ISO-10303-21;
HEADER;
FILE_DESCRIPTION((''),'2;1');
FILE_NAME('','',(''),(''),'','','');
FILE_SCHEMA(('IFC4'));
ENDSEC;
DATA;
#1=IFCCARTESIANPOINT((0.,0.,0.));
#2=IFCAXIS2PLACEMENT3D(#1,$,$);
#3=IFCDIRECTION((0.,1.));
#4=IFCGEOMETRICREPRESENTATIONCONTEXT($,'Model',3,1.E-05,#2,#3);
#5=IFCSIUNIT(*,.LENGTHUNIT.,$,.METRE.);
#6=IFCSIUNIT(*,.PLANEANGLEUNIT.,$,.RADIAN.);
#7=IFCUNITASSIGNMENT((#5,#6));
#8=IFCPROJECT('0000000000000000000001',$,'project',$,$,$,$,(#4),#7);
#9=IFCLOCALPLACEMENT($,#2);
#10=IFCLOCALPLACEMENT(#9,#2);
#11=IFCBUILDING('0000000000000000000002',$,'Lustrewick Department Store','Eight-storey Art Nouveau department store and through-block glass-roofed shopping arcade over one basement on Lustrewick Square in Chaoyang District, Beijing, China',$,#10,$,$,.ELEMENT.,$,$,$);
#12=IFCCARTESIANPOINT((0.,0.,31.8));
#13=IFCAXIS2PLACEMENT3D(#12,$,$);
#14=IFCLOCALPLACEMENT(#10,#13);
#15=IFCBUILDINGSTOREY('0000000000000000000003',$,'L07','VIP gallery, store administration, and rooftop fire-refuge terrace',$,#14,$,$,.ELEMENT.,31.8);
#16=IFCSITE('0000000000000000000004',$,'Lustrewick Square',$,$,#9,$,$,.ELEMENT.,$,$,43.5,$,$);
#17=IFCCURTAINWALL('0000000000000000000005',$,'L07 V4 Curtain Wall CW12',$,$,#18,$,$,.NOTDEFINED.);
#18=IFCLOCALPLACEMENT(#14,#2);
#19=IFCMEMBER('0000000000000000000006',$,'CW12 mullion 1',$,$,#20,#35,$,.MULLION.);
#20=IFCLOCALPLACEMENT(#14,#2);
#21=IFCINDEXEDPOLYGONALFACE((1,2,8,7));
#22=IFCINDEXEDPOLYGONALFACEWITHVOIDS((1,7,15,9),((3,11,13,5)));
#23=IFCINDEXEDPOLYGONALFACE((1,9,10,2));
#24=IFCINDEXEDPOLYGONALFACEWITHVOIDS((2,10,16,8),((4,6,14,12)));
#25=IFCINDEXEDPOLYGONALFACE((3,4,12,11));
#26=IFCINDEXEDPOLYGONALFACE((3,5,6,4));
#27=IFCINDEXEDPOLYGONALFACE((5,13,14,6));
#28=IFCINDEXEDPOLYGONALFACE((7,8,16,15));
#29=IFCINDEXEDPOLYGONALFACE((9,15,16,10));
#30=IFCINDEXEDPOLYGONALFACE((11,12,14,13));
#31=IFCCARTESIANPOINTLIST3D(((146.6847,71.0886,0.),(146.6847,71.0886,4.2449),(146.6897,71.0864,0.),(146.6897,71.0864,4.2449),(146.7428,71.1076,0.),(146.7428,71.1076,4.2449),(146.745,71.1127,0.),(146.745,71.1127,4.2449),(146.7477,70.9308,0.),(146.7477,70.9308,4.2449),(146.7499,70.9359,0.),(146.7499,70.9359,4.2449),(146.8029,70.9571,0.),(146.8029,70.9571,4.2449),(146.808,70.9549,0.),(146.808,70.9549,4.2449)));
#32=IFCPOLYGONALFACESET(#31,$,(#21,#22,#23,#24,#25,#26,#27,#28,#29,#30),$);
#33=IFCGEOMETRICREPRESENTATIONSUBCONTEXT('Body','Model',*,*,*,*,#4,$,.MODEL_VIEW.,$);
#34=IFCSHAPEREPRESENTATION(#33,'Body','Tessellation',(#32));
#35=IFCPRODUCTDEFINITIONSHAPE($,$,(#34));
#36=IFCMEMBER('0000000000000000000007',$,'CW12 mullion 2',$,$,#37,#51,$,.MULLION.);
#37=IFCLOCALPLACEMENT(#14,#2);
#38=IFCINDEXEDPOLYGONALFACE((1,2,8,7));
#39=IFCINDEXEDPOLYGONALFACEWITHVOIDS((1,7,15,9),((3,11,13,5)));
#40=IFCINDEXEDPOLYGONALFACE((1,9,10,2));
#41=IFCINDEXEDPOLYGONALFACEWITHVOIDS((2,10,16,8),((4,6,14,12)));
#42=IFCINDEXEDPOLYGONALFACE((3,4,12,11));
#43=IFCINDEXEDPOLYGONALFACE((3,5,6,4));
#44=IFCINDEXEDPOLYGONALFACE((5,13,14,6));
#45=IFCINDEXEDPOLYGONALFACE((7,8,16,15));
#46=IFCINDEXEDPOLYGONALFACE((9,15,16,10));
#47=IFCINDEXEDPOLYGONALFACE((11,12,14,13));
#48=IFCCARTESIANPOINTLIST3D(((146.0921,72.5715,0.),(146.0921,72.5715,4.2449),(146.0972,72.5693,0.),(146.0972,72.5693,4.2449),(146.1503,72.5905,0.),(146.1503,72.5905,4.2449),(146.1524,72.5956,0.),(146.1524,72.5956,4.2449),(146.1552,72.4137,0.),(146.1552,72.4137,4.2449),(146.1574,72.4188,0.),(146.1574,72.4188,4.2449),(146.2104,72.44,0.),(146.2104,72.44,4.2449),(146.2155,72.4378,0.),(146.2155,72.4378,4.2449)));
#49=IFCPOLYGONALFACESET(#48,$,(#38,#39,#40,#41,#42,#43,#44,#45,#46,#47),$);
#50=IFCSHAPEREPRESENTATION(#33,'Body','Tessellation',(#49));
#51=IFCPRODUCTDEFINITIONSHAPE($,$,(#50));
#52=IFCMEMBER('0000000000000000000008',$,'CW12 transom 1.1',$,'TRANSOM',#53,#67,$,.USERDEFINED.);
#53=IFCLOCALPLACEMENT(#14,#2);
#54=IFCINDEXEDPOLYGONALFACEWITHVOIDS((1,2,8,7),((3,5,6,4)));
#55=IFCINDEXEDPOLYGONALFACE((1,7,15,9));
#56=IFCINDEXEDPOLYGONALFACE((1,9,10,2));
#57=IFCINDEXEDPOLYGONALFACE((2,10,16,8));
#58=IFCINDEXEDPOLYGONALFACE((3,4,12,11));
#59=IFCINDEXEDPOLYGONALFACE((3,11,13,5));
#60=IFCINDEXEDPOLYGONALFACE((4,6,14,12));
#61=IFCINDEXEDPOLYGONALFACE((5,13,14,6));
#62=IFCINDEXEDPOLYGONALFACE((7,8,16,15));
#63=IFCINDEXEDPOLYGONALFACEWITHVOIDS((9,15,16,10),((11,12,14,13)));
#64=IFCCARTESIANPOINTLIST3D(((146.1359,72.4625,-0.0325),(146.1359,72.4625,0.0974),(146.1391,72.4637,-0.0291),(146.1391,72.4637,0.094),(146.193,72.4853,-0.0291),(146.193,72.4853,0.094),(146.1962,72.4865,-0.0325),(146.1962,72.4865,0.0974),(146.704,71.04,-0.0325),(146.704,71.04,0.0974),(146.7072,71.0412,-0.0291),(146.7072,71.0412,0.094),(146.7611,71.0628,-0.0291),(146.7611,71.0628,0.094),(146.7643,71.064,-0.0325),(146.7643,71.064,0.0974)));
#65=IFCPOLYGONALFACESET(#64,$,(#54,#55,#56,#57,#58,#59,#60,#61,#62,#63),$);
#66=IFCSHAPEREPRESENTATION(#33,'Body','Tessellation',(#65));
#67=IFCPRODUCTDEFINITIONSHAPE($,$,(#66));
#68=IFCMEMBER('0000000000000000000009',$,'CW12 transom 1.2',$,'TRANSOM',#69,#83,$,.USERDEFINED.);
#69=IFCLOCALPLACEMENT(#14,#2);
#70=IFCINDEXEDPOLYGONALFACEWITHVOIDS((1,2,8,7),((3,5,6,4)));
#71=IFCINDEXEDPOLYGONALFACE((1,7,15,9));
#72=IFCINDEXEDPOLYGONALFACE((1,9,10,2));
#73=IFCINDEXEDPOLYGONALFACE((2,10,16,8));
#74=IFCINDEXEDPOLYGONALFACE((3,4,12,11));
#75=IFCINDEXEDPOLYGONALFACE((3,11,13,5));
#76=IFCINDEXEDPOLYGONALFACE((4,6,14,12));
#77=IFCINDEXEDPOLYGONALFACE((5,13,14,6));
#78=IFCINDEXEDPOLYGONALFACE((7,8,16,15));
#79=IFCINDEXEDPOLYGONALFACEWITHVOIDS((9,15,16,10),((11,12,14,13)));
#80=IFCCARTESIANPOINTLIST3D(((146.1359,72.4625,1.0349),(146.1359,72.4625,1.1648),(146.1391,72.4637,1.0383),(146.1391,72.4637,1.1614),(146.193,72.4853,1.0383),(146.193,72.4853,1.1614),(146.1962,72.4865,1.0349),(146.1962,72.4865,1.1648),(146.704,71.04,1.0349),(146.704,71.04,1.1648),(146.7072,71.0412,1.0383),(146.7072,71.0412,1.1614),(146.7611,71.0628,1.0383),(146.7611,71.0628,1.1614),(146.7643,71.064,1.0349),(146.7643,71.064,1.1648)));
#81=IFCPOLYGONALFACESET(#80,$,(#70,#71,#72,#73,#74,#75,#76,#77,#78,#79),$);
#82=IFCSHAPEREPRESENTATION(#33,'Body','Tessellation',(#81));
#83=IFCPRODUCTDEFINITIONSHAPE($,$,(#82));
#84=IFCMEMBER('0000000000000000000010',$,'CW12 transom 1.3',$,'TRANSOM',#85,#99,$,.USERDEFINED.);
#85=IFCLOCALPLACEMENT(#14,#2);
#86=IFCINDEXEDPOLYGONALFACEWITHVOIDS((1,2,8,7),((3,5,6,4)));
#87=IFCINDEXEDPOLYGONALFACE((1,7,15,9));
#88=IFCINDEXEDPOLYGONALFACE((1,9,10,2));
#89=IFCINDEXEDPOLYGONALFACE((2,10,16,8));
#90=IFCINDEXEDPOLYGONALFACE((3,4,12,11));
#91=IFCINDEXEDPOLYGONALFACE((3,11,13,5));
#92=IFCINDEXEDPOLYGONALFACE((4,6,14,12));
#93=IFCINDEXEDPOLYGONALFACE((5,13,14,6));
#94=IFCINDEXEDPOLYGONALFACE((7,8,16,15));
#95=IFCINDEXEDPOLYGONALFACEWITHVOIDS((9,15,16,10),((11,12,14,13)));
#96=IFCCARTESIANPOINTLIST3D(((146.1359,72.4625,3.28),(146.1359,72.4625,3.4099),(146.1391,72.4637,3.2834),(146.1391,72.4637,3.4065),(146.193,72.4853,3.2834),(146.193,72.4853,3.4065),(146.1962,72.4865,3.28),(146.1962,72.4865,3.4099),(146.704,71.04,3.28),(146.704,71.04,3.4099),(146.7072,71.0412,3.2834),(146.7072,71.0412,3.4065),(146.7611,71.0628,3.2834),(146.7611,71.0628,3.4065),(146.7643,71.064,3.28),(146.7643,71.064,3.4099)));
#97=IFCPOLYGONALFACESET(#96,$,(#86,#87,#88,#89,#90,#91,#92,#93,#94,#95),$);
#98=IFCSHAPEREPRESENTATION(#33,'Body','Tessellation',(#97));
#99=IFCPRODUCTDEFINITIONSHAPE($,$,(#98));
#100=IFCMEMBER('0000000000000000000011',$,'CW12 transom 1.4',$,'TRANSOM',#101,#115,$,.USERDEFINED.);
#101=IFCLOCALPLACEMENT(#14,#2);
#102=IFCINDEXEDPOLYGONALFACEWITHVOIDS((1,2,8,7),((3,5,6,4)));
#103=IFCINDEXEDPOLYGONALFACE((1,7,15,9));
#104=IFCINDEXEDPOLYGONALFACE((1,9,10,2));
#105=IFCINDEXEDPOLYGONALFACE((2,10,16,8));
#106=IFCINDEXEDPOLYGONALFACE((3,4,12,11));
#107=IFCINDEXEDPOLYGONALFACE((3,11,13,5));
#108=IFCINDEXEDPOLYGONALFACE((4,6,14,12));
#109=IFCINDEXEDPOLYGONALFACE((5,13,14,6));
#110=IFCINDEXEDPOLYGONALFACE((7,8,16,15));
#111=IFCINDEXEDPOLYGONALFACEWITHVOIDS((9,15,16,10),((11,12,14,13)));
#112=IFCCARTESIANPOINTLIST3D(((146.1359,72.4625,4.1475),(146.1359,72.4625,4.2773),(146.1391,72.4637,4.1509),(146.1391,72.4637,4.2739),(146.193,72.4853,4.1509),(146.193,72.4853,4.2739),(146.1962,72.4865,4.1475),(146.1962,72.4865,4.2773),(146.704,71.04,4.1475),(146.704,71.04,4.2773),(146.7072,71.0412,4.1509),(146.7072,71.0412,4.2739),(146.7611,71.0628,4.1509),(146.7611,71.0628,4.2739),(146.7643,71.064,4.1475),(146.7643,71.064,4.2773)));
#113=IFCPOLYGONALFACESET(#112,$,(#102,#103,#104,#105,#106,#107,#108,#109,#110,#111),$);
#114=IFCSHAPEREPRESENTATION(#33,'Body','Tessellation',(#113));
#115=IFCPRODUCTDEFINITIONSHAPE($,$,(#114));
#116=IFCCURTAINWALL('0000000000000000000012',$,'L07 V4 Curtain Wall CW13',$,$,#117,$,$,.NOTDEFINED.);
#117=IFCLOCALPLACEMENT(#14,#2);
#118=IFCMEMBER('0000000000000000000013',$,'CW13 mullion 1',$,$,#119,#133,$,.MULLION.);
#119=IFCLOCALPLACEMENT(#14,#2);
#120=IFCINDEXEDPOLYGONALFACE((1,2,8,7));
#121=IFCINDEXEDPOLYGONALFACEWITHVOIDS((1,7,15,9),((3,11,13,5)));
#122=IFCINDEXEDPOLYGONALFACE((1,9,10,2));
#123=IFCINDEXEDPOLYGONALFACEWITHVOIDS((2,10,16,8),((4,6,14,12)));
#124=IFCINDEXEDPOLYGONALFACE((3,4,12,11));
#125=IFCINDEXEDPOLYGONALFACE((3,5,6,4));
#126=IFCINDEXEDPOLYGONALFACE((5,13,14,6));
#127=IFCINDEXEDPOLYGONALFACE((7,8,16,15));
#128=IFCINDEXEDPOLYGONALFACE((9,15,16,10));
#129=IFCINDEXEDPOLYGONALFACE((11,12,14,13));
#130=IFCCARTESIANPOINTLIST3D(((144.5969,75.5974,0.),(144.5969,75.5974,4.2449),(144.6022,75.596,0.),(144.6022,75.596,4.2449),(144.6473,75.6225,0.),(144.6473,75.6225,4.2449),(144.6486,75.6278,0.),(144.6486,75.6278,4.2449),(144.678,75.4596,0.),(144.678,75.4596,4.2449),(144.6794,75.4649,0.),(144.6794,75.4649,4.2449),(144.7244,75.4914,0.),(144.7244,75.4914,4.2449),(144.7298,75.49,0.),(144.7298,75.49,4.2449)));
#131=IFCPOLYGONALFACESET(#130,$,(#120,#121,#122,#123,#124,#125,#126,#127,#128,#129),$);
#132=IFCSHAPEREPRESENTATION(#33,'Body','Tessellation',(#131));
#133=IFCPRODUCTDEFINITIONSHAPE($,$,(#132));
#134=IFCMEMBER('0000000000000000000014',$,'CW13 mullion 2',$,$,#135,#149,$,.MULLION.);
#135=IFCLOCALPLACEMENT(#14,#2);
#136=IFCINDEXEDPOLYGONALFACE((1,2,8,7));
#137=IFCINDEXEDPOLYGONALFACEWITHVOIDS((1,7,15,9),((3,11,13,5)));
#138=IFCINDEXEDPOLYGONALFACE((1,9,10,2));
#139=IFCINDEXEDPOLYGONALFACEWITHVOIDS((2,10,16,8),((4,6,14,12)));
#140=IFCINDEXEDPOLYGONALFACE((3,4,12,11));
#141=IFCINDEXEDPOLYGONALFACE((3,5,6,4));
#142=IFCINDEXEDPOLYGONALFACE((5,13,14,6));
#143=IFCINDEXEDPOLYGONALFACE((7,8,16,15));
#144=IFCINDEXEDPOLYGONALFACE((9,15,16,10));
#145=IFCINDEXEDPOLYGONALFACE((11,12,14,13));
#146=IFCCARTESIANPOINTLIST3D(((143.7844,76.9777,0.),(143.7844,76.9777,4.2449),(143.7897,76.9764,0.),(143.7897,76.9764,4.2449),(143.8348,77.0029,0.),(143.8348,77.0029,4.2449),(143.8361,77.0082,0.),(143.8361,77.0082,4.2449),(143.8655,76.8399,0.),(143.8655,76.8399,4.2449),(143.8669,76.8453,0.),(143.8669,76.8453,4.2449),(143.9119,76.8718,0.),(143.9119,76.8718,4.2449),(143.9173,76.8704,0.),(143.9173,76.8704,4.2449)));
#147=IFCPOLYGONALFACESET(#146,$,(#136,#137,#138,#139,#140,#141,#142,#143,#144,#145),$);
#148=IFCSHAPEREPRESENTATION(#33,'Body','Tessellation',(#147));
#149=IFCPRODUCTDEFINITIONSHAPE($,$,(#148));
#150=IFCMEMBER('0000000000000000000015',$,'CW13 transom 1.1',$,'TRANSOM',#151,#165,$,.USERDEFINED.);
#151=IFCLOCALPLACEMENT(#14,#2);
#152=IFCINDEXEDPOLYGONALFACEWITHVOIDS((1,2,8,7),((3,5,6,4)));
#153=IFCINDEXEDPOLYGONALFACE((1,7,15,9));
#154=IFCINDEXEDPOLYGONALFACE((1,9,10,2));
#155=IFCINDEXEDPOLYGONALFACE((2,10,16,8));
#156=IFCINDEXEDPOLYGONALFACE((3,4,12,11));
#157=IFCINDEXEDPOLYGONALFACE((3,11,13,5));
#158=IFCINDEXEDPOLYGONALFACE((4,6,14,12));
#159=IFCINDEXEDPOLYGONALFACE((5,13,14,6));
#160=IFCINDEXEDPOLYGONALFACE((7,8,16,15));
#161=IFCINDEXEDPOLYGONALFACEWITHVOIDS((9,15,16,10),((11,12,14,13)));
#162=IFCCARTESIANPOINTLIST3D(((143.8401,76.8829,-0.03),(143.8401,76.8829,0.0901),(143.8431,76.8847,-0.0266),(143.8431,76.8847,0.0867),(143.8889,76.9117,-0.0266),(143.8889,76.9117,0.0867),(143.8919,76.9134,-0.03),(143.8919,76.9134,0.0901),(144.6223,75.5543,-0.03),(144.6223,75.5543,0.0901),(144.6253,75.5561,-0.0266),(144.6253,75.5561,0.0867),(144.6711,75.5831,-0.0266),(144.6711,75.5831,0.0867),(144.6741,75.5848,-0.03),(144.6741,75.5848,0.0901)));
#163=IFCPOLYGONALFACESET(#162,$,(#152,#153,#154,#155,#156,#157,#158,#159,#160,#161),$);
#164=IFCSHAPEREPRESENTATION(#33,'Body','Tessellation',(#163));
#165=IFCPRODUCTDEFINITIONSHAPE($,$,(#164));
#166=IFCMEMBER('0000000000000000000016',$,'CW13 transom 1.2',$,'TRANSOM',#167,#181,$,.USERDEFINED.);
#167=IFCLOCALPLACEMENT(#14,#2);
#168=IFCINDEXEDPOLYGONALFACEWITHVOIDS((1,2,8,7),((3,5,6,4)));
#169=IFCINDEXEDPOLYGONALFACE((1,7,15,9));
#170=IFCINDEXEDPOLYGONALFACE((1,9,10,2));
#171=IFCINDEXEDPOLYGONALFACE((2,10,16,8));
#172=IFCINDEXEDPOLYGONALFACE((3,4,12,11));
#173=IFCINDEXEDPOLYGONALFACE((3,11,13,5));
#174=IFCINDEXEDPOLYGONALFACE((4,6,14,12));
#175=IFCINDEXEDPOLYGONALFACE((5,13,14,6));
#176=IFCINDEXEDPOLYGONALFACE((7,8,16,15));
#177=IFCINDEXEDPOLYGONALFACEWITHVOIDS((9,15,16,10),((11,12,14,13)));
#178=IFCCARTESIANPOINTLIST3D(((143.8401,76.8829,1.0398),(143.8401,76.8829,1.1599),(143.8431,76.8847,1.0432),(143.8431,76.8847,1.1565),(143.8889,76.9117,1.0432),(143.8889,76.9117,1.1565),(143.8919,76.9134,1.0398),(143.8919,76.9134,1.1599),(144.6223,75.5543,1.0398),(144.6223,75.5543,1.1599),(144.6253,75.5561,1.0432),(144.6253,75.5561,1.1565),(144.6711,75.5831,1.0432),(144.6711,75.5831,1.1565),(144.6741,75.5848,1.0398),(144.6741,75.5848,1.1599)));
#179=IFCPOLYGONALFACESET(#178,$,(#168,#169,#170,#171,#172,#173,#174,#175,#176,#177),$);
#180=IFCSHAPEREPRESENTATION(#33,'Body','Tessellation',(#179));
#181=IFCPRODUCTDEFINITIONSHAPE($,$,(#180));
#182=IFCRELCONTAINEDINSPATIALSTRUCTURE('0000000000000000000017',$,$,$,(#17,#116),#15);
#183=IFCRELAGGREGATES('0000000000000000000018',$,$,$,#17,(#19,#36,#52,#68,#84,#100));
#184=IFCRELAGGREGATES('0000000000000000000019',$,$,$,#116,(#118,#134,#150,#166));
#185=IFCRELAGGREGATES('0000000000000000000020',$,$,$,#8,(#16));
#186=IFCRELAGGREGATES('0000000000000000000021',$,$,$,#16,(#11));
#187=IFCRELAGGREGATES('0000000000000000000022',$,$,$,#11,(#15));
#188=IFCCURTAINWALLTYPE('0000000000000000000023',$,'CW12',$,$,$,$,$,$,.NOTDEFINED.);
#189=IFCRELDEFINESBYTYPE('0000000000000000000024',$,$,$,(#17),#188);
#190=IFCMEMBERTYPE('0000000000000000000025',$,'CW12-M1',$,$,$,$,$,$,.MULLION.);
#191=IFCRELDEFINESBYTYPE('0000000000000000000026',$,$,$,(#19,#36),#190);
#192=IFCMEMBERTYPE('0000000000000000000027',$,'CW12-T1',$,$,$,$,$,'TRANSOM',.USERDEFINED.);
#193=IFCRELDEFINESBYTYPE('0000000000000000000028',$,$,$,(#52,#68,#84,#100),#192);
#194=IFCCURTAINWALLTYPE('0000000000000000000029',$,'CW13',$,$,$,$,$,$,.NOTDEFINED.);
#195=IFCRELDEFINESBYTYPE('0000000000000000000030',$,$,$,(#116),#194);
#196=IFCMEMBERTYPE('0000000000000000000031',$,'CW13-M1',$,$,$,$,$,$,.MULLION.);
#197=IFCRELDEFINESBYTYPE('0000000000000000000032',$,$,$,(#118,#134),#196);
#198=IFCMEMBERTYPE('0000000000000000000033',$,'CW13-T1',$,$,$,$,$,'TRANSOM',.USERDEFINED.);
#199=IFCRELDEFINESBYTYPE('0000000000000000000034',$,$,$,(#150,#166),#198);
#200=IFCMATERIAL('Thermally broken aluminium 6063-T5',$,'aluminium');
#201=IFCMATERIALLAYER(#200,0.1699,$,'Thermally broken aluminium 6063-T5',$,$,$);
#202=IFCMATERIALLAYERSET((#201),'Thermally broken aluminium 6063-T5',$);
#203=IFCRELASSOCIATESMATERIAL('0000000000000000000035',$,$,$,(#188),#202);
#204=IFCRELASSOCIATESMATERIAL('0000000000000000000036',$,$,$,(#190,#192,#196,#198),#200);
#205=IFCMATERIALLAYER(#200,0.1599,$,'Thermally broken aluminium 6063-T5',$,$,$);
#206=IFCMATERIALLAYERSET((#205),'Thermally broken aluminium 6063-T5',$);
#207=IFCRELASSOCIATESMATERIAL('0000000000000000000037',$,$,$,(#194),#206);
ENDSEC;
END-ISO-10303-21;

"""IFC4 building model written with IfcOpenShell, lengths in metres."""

from ifc_helpers import new_model, si_unit, direction, frame, origin, origin_2d, place, context, subcontext, project, spatial, hollow_rectangle, extrude, material, layer, layer_set, material_profile, profile_set, type_object, element, aggregate, save


model = new_model("IFC4")

# Units and contexts
model_context = context("Model", 3, precision=1e-05, world=origin(), true_north=direction((0.0, 1.0)))
body_context = subcontext(model_context, "Body", "Model", "MODEL_VIEW")
ifc_project = project(units=[si_unit("LENGTHUNIT", "METRE"), si_unit("PLANEANGLEUNIT", "RADIAN")], contexts=[model_context])

# Site, building, storey
site_placement = place(None, origin())
site = spatial("IfcSite", under=ifc_project, at=site_placement, Name="Lustrewick Square", CompositionType="ELEMENT", RefElevation=43.5)
building_placement = place(site_placement, origin())
building = spatial("IfcBuilding", under=site, at=building_placement, Name="Lustrewick Department Store", Description="Eight-storey Art Nouveau department store and through-block glass-roofed shopping arcade over one basement on Lustrewick Square in Chaoyang District, Beijing, China", CompositionType="ELEMENT")
storey_placement = place(building_placement, frame((0.0, 0.0, 31.8)))
storey = spatial("IfcBuildingStorey", under=building, at=storey_placement, Name="L07", Description="VIP gallery, store administration, and rooftop fire-refuge terrace", CompositionType="ELEMENT", Elevation=31.8)

# Curtain walls, members
ifc_material_1 = material(Name="Thermally broken aluminium 6063-T5", Category="aluminium")
ifc_layer_1 = layer(ifc_material_1, 0.1699, Name="Thermally broken aluminium 6063-T5")
ifc_layer_set_1 = layer_set([ifc_layer_1], Name="Thermally broken aluminium 6063-T5")
curtain_wall_type_1 = type_object("IfcCurtainWallType", Name="CW12", PredefinedType="NOTDEFINED", material=ifc_layer_set_1)
curtain_wall_1_placement = place(storey_placement, origin())
curtain_wall_1 = element("IfcCurtainWall", 1, at=curtain_wall_1_placement, inside=storey, type_object=curtain_wall_type_1, Name="L07 V4 Curtain Wall CW12", PredefinedType="NOTDEFINED")
ifc_material_profile_1 = material_profile(ifc_material_1, hollow_rectangle(XDim=0.0649, YDim=0.1699, WallThickness=0.0039, at=origin_2d()), Name="ALU-M 65x170x4")
ifc_profile_set_1 = profile_set([ifc_material_profile_1], Name="Thermally broken aluminium 6063-T5")
member_type_1 = type_object("IfcMemberType", Name="CW12-M1", PredefinedType="MULLION", material=ifc_profile_set_1)
member_1_placement = place(storey_placement, frame((146.7463, 71.0217, 0.0), z_axis=(0.0, 0.0, 1.0), x_axis=(-0.928647, -0.370965, 0.0)))
member_1 = element("IfcMember", 2, at=member_1_placement, type_object=member_type_1, Name="CW12 mullion 1", PredefinedType="MULLION", context=body_context, shape_type="SweptSolid", body=[
    extrude(hollow_rectangle(XDim=0.0649, YDim=0.1699, WallThickness=0.0039, at=origin_2d()), origin(), (0.0, 0.0, 1.0), 4.2449),
])
member_2_placement = place(storey_placement, frame((146.1538, 72.5046, 0.0), z_axis=(0.0, 0.0, 1.0), x_axis=(-0.928647, -0.370965, 0.0)))
member_2 = element("IfcMember", 3, at=member_2_placement, type_object=member_type_1, Name="CW12 mullion 2", PredefinedType="MULLION", context=body_context, shape_type="SweptSolid", body=[
    extrude(hollow_rectangle(XDim=0.0649, YDim=0.1699, WallThickness=0.0039, at=origin_2d()), origin(), (0.0, 0.0, 1.0), 4.2449),
])
ifc_material_profile_2 = material_profile(ifc_material_1, hollow_rectangle(XDim=0.0649, YDim=0.1299, WallThickness=0.0034, at=origin_2d()), Name="ALU-T 65x130x3.5")
ifc_profile_set_2 = profile_set([ifc_material_profile_2], Name="Thermally broken aluminium 6063-T5")
member_type_2 = type_object("IfcMemberType", Name="CW12-T1", ElementType="TRANSOM", PredefinedType="USERDEFINED", material=ifc_profile_set_2)
member_3_placement = place(storey_placement, frame((146.7341, 71.052, 0.0325), z_axis=(-0.370869, 0.928685, 0.0), x_axis=(-0.928685, -0.370869, 0.0)))
member_3 = element("IfcMember", 4, at=member_3_placement, type_object=member_type_2, Name="CW12 transom 1.1", ObjectType="TRANSOM", PredefinedType="USERDEFINED", context=body_context, shape_type="SweptSolid", body=[
    extrude(hollow_rectangle(XDim=0.0649, YDim=0.1299, WallThickness=0.0034, at=origin_2d()), origin(), (0.0, 0.0, 1.0), 1.5317),
])
member_4_placement = place(storey_placement, frame((146.7341, 71.052, 1.0999), z_axis=(-0.370869, 0.928685, 0.0), x_axis=(-0.928685, -0.370869, 0.0)))
member_4 = element("IfcMember", 5, at=member_4_placement, type_object=member_type_2, Name="CW12 transom 1.2", ObjectType="TRANSOM", PredefinedType="USERDEFINED", context=body_context, shape_type="SweptSolid", body=[
    extrude(hollow_rectangle(XDim=0.0649, YDim=0.1299, WallThickness=0.0034, at=origin_2d()), origin(), (0.0, 0.0, 1.0), 1.5317),
])
member_5_placement = place(storey_placement, frame((146.7341, 71.052, 3.345), z_axis=(-0.370869, 0.928685, 0.0), x_axis=(-0.928685, -0.370869, 0.0)))
member_5 = element("IfcMember", 6, at=member_5_placement, type_object=member_type_2, Name="CW12 transom 1.3", ObjectType="TRANSOM", PredefinedType="USERDEFINED", context=body_context, shape_type="SweptSolid", body=[
    extrude(hollow_rectangle(XDim=0.0649, YDim=0.1299, WallThickness=0.0034, at=origin_2d()), origin(), (0.0, 0.0, 1.0), 1.5317),
])
member_6_placement = place(storey_placement, frame((146.7341, 71.052, 4.2124), z_axis=(-0.370869, 0.928685, 0.0), x_axis=(-0.928685, -0.370869, 0.0)))
member_6 = element("IfcMember", 7, at=member_6_placement, type_object=member_type_2, Name="CW12 transom 1.4", ObjectType="TRANSOM", PredefinedType="USERDEFINED", context=body_context, shape_type="SweptSolid", body=[
    extrude(hollow_rectangle(XDim=0.0649, YDim=0.1299, WallThickness=0.0034, at=origin_2d()), origin(), (0.0, 0.0, 1.0), 1.5317),
])
ifc_layer_2 = layer(ifc_material_1, 0.1599, Name="Thermally broken aluminium 6063-T5")
ifc_layer_set_2 = layer_set([ifc_layer_2], Name="Thermally broken aluminium 6063-T5")
curtain_wall_type_2 = type_object("IfcCurtainWallType", Name="CW13", PredefinedType="NOTDEFINED", material=ifc_layer_set_2)
curtain_wall_2_placement = place(storey_placement, origin())
curtain_wall_2 = element("IfcCurtainWall", 8, at=curtain_wall_2_placement, inside=storey, type_object=curtain_wall_type_2, Name="L07 V4 Curtain Wall CW13", PredefinedType="NOTDEFINED")
ifc_material_profile_3 = material_profile(ifc_material_1, hollow_rectangle(XDim=0.0601, YDim=0.1599, WallThickness=0.0039, at=origin_2d()), Name="ALU-M 60x160x4")
ifc_profile_set_3 = profile_set([ifc_material_profile_3], Name="Thermally broken aluminium 6063-T5")
member_type_3 = type_object("IfcMemberType", Name="CW13-M1", PredefinedType="MULLION", material=ifc_profile_set_3)
member_7_placement = place(storey_placement, frame((144.6633, 75.5437, 0.0), z_axis=(0.0, 0.0, 1.0), x_axis=(-0.861753, -0.507328, 0.0)))
member_7 = element("IfcMember", 9, at=member_7_placement, type_object=member_type_3, Name="CW13 mullion 1", PredefinedType="MULLION", context=body_context, shape_type="SweptSolid", body=[
    extrude(hollow_rectangle(XDim=0.0601, YDim=0.1599, WallThickness=0.0039, at=origin_2d()), origin(), (0.0, 0.0, 1.0), 4.2449),
])
member_8_placement = place(storey_placement, frame((143.8508, 76.9241, 0.0), z_axis=(0.0, 0.0, 1.0), x_axis=(-0.861753, -0.507328, 0.0)))
member_8 = element("IfcMember", 10, at=member_8_placement, type_object=member_type_3, Name="CW13 mullion 2", PredefinedType="MULLION", context=body_context, shape_type="SweptSolid", body=[
    extrude(hollow_rectangle(XDim=0.0601, YDim=0.1599, WallThickness=0.0039, at=origin_2d()), origin(), (0.0, 0.0, 1.0), 4.2449),
])
ifc_material_profile_4 = material_profile(ifc_material_1, hollow_rectangle(XDim=0.0601, YDim=0.1201, WallThickness=0.0034, at=origin_2d()), Name="ALU-T 60x120x3.5")
ifc_profile_set_4 = profile_set([ifc_material_profile_4], Name="Thermally broken aluminium 6063-T5")
member_type_4 = type_object("IfcMemberType", Name="CW13-T1", ElementType="TRANSOM", PredefinedType="USERDEFINED", material=ifc_profile_set_4)
member_9_placement = place(storey_placement, frame((144.6482, 75.5696, 0.03), z_axis=(-0.507352, 0.861739, 0.0), x_axis=(-0.861739, -0.507352, 0.0)))
member_9 = element("IfcMember", 11, at=member_9_placement, type_object=member_type_4, Name="CW13 transom 1.1", ObjectType="TRANSOM", PredefinedType="USERDEFINED", context=body_context, shape_type="SweptSolid", body=[
    extrude(hollow_rectangle(XDim=0.0601, YDim=0.1201, WallThickness=0.0034, at=origin_2d()), origin(), (0.0, 0.0, 1.0), 1.5417),
])
member_10_placement = place(storey_placement, frame((144.6482, 75.5696, 1.0999), z_axis=(-0.507352, 0.861739, 0.0), x_axis=(-0.861739, -0.507352, 0.0)))
member_10 = element("IfcMember", 12, at=member_10_placement, type_object=member_type_4, Name="CW13 transom 1.2", ObjectType="TRANSOM", PredefinedType="USERDEFINED", context=body_context, shape_type="SweptSolid", body=[
    extrude(hollow_rectangle(XDim=0.0601, YDim=0.1201, WallThickness=0.0034, at=origin_2d()), origin(), (0.0, 0.0, 1.0), 1.5417),
])

aggregate(curtain_wall_1, [member_1, member_2, member_3, member_4, member_5, member_6])
aggregate(curtain_wall_2, [member_7, member_8, member_9, member_10])

save(model, "model.ifc")
